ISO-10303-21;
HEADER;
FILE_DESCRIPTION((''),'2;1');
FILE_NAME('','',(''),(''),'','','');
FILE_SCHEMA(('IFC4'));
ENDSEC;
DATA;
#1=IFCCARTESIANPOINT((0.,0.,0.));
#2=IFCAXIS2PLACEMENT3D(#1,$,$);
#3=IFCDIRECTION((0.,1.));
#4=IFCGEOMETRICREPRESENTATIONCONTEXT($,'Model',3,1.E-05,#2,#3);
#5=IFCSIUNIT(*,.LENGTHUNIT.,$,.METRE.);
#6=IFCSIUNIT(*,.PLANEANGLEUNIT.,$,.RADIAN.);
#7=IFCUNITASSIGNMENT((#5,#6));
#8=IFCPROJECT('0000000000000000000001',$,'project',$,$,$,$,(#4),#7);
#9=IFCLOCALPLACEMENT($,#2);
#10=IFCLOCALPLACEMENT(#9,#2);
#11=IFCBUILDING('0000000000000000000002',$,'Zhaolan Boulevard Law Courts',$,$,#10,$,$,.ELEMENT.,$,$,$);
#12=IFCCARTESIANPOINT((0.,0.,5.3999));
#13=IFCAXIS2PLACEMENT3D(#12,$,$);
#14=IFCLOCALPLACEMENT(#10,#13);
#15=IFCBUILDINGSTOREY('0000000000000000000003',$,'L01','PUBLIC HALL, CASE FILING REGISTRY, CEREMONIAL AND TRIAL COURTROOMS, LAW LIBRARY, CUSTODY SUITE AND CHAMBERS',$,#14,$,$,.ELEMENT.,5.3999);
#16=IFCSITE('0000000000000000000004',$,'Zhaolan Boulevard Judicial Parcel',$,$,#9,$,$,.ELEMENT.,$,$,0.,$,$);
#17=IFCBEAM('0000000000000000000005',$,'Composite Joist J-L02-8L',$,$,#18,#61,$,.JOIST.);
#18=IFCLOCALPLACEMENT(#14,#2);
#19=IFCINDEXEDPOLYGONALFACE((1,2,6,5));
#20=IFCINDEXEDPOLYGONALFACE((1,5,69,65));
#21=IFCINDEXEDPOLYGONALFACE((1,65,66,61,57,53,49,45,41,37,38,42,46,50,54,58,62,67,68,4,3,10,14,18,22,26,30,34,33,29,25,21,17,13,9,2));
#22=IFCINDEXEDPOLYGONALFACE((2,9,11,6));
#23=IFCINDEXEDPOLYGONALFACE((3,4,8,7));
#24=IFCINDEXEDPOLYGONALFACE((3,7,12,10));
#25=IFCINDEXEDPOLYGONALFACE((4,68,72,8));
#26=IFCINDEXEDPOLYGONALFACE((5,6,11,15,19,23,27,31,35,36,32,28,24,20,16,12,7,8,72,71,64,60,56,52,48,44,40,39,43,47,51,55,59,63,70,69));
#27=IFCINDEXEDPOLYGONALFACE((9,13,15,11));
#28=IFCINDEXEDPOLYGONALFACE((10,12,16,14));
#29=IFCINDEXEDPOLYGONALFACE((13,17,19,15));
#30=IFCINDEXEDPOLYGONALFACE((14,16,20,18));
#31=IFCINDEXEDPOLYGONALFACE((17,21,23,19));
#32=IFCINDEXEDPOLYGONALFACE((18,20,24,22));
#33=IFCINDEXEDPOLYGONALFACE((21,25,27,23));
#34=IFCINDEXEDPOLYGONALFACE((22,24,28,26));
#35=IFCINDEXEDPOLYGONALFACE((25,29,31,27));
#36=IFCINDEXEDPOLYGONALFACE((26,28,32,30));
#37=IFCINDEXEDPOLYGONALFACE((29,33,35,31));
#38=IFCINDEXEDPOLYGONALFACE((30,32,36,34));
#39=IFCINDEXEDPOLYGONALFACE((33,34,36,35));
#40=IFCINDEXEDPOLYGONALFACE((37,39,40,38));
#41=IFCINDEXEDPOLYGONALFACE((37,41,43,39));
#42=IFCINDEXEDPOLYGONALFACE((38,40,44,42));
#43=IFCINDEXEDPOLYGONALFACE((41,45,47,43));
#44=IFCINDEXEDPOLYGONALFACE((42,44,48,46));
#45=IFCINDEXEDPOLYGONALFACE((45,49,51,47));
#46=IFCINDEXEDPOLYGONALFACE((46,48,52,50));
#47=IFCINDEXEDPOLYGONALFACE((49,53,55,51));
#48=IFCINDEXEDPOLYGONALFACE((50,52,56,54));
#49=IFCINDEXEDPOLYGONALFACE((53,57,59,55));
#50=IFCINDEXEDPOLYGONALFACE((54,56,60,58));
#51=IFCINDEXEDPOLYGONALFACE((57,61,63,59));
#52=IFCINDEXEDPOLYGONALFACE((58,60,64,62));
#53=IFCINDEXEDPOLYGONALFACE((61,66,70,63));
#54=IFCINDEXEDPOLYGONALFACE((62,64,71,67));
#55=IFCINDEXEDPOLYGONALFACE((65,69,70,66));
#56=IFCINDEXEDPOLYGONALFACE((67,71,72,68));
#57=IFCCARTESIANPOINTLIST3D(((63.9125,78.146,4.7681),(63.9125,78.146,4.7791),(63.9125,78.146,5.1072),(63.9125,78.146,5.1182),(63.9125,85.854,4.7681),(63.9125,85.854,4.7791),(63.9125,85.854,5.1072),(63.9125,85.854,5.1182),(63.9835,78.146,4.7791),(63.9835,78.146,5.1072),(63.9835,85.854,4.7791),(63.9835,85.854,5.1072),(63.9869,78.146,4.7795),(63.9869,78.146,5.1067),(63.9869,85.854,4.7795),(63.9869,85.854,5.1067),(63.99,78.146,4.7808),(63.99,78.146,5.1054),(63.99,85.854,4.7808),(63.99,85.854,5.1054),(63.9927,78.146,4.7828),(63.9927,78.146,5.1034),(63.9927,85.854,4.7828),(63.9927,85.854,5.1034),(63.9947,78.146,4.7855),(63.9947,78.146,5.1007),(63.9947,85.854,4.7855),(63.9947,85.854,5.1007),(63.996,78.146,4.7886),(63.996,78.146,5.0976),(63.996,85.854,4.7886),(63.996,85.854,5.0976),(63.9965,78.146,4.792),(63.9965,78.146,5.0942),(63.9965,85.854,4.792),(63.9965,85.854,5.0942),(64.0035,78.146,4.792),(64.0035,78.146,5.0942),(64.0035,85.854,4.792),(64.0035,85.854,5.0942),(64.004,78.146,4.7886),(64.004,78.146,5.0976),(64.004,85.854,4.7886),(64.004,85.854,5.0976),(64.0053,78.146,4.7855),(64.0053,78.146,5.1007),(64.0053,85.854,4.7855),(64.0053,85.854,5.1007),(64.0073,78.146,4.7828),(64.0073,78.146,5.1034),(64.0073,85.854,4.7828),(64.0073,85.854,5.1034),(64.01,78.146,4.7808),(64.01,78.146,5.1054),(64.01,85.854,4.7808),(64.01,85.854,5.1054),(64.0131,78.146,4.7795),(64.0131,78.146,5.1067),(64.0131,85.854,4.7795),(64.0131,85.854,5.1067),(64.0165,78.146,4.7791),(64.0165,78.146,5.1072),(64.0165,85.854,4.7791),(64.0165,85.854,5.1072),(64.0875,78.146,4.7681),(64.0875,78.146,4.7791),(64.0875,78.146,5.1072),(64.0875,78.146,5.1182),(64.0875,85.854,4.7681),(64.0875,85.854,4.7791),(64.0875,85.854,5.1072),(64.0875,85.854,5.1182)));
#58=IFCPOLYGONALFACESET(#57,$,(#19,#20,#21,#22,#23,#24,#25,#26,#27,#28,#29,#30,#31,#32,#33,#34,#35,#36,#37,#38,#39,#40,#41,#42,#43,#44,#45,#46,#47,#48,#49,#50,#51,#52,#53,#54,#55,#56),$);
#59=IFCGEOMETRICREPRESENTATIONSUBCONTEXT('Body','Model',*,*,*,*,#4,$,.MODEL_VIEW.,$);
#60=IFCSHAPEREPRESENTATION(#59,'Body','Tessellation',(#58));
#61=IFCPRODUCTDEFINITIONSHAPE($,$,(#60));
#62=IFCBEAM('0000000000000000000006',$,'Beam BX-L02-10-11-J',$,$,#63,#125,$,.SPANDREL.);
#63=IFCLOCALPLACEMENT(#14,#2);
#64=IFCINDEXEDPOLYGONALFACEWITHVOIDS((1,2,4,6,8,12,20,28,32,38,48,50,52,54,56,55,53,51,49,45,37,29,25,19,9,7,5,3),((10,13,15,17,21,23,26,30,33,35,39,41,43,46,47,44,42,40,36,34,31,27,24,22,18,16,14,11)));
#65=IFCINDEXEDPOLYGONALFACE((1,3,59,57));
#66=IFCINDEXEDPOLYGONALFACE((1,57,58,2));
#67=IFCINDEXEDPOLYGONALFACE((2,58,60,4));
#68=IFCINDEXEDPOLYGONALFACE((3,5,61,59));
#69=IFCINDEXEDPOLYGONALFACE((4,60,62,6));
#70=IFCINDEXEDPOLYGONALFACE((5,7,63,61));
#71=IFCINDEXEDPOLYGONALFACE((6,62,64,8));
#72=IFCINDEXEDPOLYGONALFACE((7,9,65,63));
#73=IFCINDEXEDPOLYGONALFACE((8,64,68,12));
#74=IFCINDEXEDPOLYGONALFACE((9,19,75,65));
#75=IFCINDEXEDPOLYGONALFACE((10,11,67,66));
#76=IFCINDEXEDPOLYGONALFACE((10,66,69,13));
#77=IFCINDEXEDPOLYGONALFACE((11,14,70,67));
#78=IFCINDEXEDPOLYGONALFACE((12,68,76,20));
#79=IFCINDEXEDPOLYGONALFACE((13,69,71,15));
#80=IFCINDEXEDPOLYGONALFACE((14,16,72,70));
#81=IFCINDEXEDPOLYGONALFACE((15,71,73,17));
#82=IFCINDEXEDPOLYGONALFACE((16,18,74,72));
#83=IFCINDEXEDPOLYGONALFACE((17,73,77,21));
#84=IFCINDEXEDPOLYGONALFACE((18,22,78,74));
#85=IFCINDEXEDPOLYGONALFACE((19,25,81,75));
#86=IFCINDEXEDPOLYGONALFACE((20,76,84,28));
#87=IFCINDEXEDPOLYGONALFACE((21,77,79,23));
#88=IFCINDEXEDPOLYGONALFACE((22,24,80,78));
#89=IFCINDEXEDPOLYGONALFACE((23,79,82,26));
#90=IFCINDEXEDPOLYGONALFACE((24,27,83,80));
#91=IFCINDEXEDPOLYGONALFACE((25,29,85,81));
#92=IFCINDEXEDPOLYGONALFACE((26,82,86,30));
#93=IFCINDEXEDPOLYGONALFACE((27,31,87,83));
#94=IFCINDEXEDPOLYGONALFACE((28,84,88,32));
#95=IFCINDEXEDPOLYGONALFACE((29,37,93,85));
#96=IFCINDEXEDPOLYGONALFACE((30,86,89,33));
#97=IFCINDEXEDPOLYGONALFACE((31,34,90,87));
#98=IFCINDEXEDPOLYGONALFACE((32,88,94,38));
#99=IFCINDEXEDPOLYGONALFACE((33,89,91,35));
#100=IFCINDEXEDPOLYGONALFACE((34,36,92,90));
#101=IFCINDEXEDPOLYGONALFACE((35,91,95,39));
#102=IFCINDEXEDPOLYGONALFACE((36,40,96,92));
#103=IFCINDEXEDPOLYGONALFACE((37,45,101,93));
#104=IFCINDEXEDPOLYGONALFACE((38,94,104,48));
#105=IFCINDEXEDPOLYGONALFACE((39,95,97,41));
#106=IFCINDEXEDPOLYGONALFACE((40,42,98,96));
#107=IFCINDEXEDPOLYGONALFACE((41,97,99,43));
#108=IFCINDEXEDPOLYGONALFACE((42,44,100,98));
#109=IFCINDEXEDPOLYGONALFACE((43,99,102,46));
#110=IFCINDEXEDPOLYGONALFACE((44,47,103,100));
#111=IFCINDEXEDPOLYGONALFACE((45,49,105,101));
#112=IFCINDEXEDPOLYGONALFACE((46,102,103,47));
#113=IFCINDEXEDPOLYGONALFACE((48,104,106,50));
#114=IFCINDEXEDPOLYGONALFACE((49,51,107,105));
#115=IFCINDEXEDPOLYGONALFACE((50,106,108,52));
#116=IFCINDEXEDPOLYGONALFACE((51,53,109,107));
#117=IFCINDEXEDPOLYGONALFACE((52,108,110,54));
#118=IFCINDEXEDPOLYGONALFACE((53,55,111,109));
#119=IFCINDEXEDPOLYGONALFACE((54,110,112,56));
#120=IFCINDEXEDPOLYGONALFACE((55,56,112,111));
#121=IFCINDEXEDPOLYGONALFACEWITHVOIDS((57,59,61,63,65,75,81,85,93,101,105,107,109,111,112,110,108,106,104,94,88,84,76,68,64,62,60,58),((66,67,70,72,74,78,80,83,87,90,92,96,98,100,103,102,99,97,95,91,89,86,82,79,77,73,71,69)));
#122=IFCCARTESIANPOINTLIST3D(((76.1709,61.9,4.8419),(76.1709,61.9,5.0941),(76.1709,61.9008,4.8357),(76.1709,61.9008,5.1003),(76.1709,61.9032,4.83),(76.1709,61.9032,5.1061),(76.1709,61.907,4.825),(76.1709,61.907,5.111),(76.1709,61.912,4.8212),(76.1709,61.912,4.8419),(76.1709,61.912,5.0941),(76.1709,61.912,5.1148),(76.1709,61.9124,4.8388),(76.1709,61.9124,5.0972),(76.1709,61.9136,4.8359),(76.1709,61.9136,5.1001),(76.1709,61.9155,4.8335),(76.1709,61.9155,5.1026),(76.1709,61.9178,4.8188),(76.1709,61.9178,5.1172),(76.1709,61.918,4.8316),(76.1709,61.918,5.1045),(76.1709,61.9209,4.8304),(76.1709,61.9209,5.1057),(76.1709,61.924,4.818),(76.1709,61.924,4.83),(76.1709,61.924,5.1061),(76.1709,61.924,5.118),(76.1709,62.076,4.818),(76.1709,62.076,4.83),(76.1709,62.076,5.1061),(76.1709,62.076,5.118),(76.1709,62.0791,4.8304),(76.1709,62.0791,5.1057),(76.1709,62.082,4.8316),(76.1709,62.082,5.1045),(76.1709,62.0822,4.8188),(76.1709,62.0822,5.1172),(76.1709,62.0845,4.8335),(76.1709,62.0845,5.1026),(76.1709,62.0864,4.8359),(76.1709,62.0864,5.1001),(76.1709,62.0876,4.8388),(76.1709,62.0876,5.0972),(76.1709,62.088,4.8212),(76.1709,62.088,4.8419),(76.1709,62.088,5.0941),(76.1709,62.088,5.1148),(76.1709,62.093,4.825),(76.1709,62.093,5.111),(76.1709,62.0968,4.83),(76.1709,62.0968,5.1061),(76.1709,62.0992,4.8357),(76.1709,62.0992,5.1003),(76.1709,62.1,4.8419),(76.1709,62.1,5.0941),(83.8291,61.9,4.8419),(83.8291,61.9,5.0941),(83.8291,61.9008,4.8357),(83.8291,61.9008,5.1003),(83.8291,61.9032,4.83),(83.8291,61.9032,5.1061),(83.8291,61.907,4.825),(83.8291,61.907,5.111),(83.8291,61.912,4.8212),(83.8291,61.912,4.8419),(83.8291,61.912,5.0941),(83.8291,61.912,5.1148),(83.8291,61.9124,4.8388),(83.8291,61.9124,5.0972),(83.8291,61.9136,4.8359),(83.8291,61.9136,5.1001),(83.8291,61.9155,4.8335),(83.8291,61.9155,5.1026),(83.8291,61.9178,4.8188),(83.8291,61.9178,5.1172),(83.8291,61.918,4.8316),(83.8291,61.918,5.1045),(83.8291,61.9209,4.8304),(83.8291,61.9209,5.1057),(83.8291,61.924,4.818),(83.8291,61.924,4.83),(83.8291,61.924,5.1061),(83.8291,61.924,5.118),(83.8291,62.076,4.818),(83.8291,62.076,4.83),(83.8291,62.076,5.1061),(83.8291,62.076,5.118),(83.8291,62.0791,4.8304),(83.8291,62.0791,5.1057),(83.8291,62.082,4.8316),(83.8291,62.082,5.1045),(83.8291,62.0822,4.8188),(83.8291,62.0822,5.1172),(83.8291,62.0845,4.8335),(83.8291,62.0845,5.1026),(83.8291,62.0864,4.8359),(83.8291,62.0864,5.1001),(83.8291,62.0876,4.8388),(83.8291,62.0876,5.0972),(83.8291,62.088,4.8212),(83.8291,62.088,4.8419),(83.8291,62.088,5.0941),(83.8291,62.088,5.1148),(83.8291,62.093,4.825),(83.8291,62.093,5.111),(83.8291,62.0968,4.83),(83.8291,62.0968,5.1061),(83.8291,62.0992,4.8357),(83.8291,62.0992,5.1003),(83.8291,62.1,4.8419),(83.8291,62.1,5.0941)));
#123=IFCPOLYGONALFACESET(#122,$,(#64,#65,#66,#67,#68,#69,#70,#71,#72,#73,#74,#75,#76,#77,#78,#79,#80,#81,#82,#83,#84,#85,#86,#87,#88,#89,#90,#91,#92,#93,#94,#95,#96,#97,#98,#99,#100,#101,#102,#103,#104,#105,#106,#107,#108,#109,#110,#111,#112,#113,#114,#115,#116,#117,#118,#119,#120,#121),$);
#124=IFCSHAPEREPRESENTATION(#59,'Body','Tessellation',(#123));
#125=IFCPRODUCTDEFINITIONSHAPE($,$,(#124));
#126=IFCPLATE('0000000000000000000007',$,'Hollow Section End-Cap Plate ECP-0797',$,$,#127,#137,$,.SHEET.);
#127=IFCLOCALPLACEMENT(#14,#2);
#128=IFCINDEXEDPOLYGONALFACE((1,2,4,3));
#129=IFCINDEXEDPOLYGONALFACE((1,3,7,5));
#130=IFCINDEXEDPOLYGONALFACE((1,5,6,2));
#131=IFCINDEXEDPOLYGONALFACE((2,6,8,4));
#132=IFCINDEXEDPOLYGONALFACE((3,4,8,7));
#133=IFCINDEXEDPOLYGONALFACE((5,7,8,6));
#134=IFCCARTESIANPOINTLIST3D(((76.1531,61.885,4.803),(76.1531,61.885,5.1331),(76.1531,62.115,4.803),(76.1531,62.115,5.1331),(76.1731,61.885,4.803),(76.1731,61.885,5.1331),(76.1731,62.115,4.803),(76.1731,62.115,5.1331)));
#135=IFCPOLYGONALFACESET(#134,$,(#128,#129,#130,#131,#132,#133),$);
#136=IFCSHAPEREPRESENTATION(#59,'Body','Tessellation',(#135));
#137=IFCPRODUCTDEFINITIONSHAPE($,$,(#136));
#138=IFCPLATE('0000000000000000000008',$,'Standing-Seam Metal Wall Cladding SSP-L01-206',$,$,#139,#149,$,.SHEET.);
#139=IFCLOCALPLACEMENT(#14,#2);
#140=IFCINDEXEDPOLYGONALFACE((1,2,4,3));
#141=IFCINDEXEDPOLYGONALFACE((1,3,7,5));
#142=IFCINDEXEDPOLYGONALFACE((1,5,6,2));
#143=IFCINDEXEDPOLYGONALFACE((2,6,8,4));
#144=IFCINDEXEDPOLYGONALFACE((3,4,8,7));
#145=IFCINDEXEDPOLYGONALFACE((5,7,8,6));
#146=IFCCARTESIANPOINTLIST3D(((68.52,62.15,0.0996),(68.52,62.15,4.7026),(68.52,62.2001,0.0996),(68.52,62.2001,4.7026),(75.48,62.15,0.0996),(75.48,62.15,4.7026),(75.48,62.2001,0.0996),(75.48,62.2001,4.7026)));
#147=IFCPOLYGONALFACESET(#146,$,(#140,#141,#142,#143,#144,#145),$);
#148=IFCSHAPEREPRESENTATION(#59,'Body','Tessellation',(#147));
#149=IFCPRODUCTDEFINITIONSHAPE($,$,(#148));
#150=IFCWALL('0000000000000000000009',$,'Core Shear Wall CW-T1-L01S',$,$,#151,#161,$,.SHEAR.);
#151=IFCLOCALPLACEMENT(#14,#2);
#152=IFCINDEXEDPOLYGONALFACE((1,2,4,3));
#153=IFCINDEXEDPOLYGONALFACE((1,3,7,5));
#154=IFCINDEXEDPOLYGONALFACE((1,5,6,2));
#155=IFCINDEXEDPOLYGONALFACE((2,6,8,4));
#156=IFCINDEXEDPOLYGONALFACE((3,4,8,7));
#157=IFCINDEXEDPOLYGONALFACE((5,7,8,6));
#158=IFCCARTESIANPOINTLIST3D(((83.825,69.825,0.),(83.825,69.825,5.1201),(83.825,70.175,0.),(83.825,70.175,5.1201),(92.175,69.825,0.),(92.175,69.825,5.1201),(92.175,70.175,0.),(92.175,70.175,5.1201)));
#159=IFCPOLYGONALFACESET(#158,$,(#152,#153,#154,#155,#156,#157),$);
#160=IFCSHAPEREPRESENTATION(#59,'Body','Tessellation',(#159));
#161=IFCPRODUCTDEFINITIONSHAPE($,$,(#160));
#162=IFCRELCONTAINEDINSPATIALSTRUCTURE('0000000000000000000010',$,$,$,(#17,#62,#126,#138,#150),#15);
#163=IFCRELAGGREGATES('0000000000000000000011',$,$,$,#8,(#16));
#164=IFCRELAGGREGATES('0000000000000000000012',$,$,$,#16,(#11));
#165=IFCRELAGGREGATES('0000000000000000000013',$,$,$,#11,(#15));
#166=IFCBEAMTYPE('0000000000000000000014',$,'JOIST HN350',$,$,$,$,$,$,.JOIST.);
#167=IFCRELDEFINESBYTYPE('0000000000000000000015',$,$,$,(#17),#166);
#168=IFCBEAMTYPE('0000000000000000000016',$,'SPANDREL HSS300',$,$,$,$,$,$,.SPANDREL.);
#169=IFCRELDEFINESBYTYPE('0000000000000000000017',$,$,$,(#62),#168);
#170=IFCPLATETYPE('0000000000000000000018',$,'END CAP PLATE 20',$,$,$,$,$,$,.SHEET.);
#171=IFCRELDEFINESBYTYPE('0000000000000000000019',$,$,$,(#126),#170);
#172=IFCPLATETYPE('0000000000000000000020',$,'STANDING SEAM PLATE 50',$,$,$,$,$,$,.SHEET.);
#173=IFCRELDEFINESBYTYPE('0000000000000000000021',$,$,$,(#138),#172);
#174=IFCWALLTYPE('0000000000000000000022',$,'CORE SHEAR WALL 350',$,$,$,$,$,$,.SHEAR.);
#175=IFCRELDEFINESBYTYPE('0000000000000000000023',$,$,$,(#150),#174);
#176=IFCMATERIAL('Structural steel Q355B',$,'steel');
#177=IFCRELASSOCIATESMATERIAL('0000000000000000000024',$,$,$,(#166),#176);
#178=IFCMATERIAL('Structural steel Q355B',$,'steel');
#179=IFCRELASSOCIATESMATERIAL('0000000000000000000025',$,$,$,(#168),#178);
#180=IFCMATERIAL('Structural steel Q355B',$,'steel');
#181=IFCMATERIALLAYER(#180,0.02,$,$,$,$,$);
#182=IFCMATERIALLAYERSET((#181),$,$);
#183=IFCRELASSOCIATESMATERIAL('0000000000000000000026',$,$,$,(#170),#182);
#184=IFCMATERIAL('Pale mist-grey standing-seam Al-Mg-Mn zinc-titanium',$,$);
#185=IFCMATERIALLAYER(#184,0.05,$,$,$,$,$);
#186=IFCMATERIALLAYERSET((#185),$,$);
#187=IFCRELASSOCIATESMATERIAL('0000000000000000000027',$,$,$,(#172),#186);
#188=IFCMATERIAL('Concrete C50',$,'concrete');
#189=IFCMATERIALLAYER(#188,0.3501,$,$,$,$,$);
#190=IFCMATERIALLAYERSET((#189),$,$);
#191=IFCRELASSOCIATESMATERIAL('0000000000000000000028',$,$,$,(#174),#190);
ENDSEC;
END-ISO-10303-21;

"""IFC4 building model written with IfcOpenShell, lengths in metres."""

from ifc_helpers import new_model, si_unit, direction, frame, frame_2d, origin, origin_2d, place, context, subcontext, project, spatial, rectangle, hollow_rectangle, i_section, extrude, material, layer, layer_set, material_profile, profile_set, type_object, element, save


model = new_model("IFC4")

# Units and contexts
model_context = context("Model", 3, precision=1e-05, world=origin(), true_north=direction((0.0, 1.0)))
body_context = subcontext(model_context, "Body", "Model", "MODEL_VIEW")
ifc_project = project(units=[si_unit("LENGTHUNIT", "METRE"), si_unit("PLANEANGLEUNIT", "RADIAN")], contexts=[model_context])

# Site, building, storey
site_placement = place(None, origin())
site = spatial("IfcSite", under=ifc_project, at=site_placement, Name="Zhaolan Boulevard Judicial Parcel", CompositionType="ELEMENT", RefElevation=0.0)
building_placement = place(site_placement, origin())
building = spatial("IfcBuilding", under=site, at=building_placement, Name="Zhaolan Boulevard Law Courts", CompositionType="ELEMENT")
storey_placement = place(building_placement, frame((0.0, 0.0, 5.3999)))
storey = spatial("IfcBuildingStorey", under=building, at=storey_placement, Name="L01", Description="PUBLIC HALL, CASE FILING REGISTRY, CEREMONIAL AND TRIAL COURTROOMS, LAW LIBRARY, CUSTODY SUITE AND CHAMBERS", CompositionType="ELEMENT", Elevation=5.3999)

# Beams
ifc_material_1 = material(Name="Structural steel Q355B", Category="steel")
ifc_material_profile_1 = material_profile(ifc_material_1, i_section(OverallWidth=0.175, OverallDepth=0.3501, WebThickness=0.0071, FlangeThickness=0.011, FilletRadius=0.0129, at=origin_2d()), Name="HN350x175")
ifc_profile_set_1 = profile_set([ifc_material_profile_1], Name="Structural steel Q355B")
beam_type_1 = type_object("IfcBeamType", Name="JOIST HN350", PredefinedType="JOIST", material=ifc_profile_set_1)
beam_1_placement = place(storey_placement, frame((64.0, 78.146, 4.9431), z_axis=(0.0, 1.0, 0.0), x_axis=(-1.0, 0.0, 0.0)))
element("IfcBeam", 1, at=beam_1_placement, inside=storey, type_object=beam_type_1, Name="Composite Joist J-L02-8L", PredefinedType="JOIST", context=body_context, shape_type="SweptSolid", body=[
    extrude(i_section(OverallWidth=0.175, OverallDepth=0.3501, WebThickness=0.0071, FlangeThickness=0.011, FilletRadius=0.0129, at=origin_2d()), origin(), (0.0, 0.0, 1.0), 7.708),
])
ifc_material_2 = material(Name="Structural steel Q355B", Category="steel")
ifc_material_profile_2 = material_profile(ifc_material_2, hollow_rectangle(XDim=0.2, YDim=0.3, WallThickness=0.012, InnerFilletRadius=0.012, OuterFilletRadius=0.0239, at=origin_2d()), Name="HSS300x200x12")
ifc_profile_set_2 = profile_set([ifc_material_profile_2], Name="Structural steel Q355B")
beam_type_2 = type_object("IfcBeamType", Name="SPANDREL HSS300", PredefinedType="SPANDREL", material=ifc_profile_set_2)
beam_2_placement = place(storey_placement, frame((76.1709, 62.0, 4.968), z_axis=(1.0, 0.0, 0.0), x_axis=(0.0, 1.0, 0.0)))
element("IfcBeam", 2, at=beam_2_placement, inside=storey, type_object=beam_type_2, Name="Beam BX-L02-10-11-J", PredefinedType="SPANDREL", context=body_context, shape_type="SweptSolid", body=[
    extrude(hollow_rectangle(XDim=0.2, YDim=0.3, WallThickness=0.012, InnerFilletRadius=0.012, OuterFilletRadius=0.0239, at=origin_2d()), origin(), (0.0, 0.0, 1.0), 7.6582),
])

# Plates
ifc_material_3 = material(Name="Structural steel Q355B", Category="steel")
ifc_layer_1 = layer(ifc_material_3, 0.02)
ifc_layer_set_1 = layer_set([ifc_layer_1])
plate_type_1 = type_object("IfcPlateType", Name="END CAP PLATE 20", PredefinedType="SHEET", material=ifc_layer_set_1)
plate_1_placement = place(storey_placement, frame((76.1631, 62.0, 4.803), z_axis=(0.0, 0.0, 1.0), x_axis=(1.0, 0.0, 0.0)))
element("IfcPlate", 3, at=plate_1_placement, inside=storey, type_object=plate_type_1, Name="Hollow Section End-Cap Plate ECP-0797", PredefinedType="SHEET", context=body_context, shape_type="SweptSolid", body=[
    extrude(rectangle(XDim=0.02, YDim=0.23, at=origin_2d()), origin(), (0.0, 0.0, 1.0), 0.3301),
])
ifc_material_4 = material(Name="Pale mist-grey standing-seam Al-Mg-Mn zinc-titanium")
ifc_layer_2 = layer(ifc_material_4, 0.05)
ifc_layer_set_2 = layer_set([ifc_layer_2])
plate_type_2 = type_object("IfcPlateType", Name="STANDING SEAM PLATE 50", PredefinedType="SHEET", material=ifc_layer_set_2)
plate_2_placement = place(storey_placement, frame((72.0, 62.175, 0.0996), z_axis=(0.0, 0.0, 1.0), x_axis=(1.0, 0.0, 0.0)))
element("IfcPlate", 4, at=plate_2_placement, inside=storey, type_object=plate_type_2, Name="Standing-Seam Metal Wall Cladding SSP-L01-206", PredefinedType="SHEET", context=body_context, shape_type="SweptSolid", body=[
    extrude(rectangle(XDim=6.96, YDim=0.05, at=origin_2d()), origin(), (0.0, 0.0, 1.0), 4.603),
])

# Wall
ifc_material_5 = material(Name="Concrete C50", Category="concrete")
ifc_layer_3 = layer(ifc_material_5, 0.3501)
ifc_layer_set_3 = layer_set([ifc_layer_3])
wall_type_1 = type_object("IfcWallType", Name="CORE SHEAR WALL 350", PredefinedType="SHEAR", material=ifc_layer_set_3)
wall_1_placement = place(storey_placement, frame((83.825, 70.0, 0.0), z_axis=(0.0, 0.0, 1.0), x_axis=(1.0, 0.0, 0.0)))
element("IfcWall", 5, at=wall_1_placement, inside=storey, type_object=wall_type_1, Name="Core Shear Wall CW-T1-L01S", PredefinedType="SHEAR", context=body_context, shape_type="SweptSolid", body=[
    extrude(rectangle(XDim=8.3501, YDim=0.3501, at=frame_2d((4.175, 0.0))), origin(), (0.0, 0.0, 1.0), 5.1201),
])

save(model, "model.ifc")
